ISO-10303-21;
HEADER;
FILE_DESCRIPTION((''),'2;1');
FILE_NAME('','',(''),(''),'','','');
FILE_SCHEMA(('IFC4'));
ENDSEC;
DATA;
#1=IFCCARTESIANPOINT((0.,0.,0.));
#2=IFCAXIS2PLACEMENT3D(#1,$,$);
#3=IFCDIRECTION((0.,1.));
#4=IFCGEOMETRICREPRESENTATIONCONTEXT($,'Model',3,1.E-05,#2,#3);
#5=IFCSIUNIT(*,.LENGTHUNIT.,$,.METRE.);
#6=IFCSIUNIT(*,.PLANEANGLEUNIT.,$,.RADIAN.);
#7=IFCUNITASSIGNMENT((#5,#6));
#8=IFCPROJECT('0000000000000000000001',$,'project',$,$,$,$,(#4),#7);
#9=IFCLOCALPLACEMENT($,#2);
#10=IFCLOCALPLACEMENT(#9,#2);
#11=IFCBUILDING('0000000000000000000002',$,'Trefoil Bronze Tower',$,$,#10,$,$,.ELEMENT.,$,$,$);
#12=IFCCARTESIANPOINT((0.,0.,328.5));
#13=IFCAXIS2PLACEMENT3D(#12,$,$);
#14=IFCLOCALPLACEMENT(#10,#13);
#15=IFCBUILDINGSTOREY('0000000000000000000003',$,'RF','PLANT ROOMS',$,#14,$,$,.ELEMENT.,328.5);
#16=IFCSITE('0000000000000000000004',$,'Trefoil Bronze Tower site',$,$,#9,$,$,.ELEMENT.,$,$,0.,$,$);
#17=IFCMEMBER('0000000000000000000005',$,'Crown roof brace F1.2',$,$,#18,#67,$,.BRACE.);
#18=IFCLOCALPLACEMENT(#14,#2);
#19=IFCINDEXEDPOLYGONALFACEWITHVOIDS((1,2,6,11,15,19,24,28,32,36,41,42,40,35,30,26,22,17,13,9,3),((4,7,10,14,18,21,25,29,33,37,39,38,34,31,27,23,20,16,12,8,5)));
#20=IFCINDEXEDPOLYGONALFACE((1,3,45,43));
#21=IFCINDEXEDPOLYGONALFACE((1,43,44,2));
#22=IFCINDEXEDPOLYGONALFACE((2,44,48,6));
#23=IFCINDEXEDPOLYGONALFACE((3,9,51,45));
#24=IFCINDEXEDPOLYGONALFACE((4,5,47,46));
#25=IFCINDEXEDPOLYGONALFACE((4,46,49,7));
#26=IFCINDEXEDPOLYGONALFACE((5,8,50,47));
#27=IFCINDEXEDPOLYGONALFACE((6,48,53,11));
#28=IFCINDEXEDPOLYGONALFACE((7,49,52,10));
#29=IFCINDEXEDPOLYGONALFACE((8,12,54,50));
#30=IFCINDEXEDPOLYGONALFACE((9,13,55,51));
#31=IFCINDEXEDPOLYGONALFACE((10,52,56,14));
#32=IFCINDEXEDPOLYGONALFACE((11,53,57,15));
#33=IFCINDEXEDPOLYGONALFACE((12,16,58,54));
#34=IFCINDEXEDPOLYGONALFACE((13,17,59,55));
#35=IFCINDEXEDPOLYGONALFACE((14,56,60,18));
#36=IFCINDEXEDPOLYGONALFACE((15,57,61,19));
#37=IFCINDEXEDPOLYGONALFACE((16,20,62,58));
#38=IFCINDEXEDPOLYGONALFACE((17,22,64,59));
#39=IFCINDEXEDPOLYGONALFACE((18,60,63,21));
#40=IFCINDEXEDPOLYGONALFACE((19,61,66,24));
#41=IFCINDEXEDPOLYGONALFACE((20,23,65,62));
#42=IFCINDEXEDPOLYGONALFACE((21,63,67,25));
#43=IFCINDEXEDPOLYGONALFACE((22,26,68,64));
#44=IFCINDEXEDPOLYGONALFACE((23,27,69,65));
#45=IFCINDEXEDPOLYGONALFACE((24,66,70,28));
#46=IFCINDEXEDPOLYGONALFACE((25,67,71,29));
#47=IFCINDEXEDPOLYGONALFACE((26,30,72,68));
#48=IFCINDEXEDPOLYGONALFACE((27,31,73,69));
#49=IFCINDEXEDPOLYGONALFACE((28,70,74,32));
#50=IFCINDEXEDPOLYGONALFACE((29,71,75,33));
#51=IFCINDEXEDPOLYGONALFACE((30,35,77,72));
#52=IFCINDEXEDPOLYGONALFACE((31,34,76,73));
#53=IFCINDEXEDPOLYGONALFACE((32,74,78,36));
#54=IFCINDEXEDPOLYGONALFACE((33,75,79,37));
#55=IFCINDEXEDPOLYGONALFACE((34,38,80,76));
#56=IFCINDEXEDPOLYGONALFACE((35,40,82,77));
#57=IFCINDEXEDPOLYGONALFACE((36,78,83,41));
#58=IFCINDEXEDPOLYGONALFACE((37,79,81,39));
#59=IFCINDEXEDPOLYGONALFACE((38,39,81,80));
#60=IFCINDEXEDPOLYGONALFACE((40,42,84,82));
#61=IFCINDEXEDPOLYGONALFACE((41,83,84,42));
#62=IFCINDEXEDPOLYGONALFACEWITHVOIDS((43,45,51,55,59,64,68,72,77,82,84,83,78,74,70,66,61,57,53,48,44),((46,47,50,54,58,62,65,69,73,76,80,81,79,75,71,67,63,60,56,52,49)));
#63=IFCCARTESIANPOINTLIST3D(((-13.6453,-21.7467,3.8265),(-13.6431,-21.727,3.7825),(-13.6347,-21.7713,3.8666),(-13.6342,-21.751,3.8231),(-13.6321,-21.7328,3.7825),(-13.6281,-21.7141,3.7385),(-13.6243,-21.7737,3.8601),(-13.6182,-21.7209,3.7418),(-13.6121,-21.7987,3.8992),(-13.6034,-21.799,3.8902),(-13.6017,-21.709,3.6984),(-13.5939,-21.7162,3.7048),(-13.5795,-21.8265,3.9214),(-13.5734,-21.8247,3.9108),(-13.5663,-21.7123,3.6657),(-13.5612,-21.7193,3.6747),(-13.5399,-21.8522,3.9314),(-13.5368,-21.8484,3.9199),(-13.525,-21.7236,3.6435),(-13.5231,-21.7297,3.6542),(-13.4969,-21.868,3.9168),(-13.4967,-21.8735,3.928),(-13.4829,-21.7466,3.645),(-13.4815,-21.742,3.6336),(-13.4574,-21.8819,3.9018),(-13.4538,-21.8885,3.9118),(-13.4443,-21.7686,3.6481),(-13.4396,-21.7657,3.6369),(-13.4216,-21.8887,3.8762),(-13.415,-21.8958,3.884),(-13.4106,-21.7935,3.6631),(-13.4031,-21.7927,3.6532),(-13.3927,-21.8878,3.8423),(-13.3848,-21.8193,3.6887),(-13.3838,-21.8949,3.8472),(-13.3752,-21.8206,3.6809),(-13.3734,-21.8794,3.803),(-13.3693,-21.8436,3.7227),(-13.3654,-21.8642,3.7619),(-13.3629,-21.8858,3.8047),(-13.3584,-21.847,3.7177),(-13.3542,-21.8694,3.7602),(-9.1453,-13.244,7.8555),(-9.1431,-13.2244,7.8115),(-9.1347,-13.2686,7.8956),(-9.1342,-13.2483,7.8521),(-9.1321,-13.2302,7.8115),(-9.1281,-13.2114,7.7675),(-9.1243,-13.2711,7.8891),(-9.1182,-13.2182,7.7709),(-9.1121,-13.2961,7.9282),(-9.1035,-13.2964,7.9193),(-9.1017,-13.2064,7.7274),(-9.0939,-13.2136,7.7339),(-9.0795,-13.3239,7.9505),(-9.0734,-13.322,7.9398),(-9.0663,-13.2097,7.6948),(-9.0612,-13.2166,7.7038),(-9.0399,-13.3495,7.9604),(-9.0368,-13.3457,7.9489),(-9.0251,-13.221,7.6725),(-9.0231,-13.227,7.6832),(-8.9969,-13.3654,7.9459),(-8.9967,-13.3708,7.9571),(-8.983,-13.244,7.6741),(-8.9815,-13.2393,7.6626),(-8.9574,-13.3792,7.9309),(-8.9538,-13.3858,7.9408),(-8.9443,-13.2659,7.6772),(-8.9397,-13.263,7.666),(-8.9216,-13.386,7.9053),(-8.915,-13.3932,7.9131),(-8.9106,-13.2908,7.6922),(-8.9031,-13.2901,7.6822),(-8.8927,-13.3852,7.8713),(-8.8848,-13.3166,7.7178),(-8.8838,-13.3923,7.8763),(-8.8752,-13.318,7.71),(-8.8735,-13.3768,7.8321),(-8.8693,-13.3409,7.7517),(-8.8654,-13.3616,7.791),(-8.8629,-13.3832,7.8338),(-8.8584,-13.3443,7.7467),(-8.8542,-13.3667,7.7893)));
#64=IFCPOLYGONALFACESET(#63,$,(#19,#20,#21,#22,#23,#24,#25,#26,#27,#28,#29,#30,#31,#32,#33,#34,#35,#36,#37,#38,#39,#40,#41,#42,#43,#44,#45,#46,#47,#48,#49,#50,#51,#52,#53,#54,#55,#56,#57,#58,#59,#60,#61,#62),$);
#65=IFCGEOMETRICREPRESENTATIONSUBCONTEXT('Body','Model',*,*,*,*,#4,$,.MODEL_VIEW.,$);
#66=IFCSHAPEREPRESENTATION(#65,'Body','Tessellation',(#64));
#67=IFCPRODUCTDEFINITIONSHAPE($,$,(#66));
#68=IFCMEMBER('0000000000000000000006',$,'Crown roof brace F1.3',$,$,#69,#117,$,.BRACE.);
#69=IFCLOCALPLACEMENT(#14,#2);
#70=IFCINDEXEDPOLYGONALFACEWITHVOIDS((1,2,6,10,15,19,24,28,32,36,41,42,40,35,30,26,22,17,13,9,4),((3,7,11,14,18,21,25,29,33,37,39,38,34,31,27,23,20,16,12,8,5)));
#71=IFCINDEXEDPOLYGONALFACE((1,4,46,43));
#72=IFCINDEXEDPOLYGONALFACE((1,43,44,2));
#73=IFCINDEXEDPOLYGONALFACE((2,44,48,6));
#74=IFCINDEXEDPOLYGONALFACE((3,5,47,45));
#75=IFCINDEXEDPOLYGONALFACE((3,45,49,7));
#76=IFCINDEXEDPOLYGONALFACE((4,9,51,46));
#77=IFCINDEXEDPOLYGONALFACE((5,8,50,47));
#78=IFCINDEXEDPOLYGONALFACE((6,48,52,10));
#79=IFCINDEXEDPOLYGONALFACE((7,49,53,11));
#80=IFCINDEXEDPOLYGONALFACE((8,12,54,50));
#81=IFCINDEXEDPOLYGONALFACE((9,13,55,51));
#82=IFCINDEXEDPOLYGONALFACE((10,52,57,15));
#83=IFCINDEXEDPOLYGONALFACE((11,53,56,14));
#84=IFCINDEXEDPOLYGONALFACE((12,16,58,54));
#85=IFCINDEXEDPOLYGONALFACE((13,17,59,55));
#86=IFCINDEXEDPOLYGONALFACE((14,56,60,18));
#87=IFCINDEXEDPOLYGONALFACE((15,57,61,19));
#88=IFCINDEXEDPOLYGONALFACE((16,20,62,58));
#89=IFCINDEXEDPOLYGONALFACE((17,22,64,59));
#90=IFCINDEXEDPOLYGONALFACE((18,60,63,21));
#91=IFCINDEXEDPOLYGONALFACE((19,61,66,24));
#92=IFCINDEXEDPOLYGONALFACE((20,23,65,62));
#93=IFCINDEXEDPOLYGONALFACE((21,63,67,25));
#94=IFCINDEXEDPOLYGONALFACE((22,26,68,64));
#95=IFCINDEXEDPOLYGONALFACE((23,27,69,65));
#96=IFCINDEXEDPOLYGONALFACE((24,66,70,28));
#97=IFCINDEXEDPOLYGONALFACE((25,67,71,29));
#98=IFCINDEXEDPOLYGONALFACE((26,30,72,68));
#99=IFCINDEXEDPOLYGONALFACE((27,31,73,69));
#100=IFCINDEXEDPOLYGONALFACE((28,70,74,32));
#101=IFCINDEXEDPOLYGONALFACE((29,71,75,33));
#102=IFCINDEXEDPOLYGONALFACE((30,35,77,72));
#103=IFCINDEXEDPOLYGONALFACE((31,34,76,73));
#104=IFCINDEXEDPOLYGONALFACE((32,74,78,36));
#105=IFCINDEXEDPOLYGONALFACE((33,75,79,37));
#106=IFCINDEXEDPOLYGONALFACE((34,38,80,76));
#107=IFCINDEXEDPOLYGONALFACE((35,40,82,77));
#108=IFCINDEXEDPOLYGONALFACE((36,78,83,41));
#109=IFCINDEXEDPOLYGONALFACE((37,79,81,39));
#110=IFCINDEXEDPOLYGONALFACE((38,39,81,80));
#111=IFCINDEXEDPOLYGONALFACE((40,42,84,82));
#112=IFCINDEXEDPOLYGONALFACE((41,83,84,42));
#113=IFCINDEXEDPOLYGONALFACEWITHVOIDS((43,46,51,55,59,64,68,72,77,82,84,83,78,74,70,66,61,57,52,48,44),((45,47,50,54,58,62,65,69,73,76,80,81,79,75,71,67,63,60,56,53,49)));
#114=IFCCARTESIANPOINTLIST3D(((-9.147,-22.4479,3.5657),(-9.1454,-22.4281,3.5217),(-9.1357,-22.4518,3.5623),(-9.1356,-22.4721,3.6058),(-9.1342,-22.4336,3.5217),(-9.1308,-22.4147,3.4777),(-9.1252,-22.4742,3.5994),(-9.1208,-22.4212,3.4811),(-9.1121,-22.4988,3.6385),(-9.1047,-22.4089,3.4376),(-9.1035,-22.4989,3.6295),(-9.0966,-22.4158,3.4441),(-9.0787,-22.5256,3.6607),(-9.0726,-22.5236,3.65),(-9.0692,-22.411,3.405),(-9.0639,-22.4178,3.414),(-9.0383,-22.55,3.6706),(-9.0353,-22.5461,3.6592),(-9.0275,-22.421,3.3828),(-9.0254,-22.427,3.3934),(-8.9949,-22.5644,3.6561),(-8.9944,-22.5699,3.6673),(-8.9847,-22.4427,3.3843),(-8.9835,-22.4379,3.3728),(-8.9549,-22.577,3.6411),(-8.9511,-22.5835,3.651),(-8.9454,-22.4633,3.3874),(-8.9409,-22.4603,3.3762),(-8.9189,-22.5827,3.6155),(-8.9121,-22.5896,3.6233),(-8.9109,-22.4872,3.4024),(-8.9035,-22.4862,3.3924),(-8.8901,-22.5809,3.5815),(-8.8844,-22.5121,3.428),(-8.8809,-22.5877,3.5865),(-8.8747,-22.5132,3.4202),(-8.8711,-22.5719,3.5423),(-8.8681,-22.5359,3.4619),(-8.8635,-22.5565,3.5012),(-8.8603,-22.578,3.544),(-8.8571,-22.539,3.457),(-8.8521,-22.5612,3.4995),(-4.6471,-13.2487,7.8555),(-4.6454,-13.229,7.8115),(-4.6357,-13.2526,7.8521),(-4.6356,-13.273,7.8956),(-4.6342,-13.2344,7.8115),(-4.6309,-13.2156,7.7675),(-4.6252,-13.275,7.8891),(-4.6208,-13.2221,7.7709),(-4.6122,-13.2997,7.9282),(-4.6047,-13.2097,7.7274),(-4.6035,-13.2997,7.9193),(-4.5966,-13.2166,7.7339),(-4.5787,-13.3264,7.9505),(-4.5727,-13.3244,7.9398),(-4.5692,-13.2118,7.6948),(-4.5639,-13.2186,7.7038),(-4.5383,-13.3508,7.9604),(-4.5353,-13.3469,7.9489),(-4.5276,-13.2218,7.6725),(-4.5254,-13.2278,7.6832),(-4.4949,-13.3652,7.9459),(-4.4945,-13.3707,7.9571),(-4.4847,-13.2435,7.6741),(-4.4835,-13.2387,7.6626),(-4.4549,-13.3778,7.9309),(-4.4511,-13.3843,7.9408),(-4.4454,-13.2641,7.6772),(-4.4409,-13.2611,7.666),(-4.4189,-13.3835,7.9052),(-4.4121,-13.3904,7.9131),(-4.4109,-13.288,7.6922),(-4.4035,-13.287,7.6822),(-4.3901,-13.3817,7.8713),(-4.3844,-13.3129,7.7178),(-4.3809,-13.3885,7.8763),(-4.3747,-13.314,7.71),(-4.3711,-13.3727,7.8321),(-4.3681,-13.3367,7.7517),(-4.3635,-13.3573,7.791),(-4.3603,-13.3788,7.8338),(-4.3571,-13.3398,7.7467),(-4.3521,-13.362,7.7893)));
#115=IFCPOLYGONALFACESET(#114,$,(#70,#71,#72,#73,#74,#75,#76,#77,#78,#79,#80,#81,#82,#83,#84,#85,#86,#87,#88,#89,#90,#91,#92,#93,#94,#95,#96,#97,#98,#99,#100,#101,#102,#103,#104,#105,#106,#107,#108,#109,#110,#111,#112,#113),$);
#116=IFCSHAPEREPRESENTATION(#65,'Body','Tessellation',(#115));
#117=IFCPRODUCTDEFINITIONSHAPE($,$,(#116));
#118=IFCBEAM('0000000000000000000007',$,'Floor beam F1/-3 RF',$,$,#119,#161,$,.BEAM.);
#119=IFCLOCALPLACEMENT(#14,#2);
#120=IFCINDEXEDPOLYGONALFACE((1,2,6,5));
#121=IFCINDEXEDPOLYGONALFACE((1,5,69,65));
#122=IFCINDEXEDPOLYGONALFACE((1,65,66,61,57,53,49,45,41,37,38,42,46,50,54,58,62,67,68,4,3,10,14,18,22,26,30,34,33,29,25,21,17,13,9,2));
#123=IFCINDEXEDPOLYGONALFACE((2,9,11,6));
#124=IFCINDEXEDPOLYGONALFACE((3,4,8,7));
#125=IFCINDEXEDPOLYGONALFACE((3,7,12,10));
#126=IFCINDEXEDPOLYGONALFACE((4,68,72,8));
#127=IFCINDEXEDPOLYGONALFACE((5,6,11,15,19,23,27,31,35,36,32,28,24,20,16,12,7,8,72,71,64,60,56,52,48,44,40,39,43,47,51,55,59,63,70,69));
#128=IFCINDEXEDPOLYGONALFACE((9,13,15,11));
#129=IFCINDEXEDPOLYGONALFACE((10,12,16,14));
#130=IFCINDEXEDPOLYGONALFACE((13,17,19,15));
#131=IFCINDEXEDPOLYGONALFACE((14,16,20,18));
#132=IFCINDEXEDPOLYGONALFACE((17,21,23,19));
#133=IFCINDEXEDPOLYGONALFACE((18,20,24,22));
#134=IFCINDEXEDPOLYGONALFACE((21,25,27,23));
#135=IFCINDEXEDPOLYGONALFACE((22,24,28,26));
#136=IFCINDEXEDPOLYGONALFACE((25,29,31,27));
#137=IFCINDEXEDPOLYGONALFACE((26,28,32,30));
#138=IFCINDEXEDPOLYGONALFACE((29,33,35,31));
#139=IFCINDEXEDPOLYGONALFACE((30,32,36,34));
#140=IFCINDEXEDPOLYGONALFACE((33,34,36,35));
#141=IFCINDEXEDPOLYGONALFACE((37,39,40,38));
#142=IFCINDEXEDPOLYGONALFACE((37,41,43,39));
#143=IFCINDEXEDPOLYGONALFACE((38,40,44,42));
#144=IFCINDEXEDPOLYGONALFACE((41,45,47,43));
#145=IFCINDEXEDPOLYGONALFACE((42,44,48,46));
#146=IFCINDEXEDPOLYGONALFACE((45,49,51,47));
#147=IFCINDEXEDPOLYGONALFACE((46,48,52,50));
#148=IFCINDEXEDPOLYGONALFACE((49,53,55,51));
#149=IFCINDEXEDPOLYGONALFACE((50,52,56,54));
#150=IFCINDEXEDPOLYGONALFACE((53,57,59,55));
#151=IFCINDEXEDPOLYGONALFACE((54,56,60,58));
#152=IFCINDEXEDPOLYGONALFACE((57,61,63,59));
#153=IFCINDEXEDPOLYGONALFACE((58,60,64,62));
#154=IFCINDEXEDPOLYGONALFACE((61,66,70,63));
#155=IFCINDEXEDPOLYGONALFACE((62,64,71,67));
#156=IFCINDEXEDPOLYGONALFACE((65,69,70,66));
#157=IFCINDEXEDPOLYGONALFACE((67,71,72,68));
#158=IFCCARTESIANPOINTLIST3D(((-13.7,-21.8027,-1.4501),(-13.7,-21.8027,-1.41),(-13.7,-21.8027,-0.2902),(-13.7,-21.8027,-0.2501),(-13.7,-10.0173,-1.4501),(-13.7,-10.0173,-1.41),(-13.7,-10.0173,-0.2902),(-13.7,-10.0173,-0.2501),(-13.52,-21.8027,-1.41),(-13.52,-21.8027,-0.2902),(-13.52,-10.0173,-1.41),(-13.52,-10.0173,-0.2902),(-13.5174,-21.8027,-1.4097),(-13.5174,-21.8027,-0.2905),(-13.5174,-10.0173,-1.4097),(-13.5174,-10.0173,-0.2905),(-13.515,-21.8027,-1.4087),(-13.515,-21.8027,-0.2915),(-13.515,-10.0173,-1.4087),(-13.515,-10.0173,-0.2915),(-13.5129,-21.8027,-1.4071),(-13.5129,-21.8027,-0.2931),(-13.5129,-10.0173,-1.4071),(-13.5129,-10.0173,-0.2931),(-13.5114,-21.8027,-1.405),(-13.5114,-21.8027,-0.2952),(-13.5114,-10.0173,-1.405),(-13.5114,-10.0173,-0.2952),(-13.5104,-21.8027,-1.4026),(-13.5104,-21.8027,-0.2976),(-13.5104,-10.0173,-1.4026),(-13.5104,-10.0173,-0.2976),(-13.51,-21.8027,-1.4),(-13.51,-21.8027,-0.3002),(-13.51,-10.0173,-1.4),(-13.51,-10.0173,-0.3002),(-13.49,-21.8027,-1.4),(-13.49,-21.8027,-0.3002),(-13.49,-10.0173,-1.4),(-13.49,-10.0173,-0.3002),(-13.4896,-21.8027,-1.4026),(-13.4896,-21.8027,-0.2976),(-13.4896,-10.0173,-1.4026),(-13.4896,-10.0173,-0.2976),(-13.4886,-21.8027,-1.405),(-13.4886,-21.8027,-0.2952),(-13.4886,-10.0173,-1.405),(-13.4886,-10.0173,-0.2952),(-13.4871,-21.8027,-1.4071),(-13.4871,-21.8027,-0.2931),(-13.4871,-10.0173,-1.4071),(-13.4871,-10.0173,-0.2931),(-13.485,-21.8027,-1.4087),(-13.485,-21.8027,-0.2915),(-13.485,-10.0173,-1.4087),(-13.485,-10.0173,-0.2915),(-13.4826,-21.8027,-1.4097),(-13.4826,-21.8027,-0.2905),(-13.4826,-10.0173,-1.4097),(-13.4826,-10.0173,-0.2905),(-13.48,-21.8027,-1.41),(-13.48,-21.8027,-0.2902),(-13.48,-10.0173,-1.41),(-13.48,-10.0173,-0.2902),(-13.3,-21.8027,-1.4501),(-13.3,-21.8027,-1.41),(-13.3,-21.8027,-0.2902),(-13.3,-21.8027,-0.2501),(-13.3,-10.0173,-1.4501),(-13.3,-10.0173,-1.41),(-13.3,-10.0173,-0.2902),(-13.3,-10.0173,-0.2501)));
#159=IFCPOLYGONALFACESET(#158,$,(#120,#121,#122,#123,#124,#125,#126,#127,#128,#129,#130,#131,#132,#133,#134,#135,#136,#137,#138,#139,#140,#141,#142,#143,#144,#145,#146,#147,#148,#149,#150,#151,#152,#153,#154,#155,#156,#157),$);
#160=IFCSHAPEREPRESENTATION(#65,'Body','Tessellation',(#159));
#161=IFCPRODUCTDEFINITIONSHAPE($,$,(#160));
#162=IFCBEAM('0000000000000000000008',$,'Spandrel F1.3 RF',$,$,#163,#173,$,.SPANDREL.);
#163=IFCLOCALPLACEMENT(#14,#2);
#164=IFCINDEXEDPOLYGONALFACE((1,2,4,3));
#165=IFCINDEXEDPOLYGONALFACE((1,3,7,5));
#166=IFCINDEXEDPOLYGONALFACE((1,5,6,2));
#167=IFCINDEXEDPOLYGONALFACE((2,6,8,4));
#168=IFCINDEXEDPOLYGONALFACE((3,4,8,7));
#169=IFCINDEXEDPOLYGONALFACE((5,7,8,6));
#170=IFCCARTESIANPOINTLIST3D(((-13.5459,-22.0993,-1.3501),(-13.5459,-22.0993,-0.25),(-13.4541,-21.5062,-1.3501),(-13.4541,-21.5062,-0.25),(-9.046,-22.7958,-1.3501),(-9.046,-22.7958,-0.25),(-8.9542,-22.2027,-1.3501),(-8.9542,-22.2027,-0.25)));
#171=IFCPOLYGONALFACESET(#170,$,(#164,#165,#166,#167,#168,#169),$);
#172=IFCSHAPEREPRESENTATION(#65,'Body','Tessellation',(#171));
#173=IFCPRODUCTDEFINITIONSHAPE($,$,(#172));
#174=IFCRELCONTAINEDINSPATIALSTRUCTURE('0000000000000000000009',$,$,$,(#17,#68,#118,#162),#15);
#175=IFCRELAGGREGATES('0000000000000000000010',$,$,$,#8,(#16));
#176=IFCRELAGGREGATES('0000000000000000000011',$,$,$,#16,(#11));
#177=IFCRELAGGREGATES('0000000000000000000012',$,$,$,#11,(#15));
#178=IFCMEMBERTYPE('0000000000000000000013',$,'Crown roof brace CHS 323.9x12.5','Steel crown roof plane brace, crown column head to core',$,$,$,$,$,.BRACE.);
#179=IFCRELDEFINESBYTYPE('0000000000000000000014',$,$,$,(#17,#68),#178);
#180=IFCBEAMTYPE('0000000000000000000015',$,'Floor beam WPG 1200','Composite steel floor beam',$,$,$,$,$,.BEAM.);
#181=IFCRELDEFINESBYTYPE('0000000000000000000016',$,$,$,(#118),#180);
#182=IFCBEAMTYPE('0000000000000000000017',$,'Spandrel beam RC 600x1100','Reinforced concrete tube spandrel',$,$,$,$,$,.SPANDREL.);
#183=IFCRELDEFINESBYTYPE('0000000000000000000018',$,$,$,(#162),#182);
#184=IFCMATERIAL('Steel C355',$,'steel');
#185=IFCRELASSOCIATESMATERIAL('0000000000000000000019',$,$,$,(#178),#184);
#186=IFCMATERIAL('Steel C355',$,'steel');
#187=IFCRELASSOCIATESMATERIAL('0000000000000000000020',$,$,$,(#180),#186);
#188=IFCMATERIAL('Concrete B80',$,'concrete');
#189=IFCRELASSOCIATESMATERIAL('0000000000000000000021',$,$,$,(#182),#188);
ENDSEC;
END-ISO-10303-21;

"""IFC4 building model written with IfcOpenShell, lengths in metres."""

from ifc_helpers import new_model, si_unit, direction, frame, origin, origin_2d, place, context, subcontext, project, spatial, rectangle, hollow_circle, i_section, extrude, material, material_profile, profile_set, type_object, element, save


model = new_model("IFC4")

# Units and contexts
model_context = context("Model", 3, precision=1e-05, world=origin(), true_north=direction((0.0, 1.0)))
body_context = subcontext(model_context, "Body", "Model", "MODEL_VIEW")
ifc_project = project(units=[si_unit("LENGTHUNIT", "METRE"), si_unit("PLANEANGLEUNIT", "RADIAN")], contexts=[model_context])

# Site, building, storey
site_placement = place(None, origin())
site = spatial("IfcSite", under=ifc_project, at=site_placement, Name="Trefoil Bronze Tower site", CompositionType="ELEMENT", RefElevation=0.0)
building_placement = place(site_placement, origin())
building = spatial("IfcBuilding", under=site, at=building_placement, Name="Trefoil Bronze Tower", CompositionType="ELEMENT")
storey_placement = place(building_placement, frame((0.0, 0.0, 328.5)))
storey = spatial("IfcBuildingStorey", under=building, at=storey_placement, Name="RF", Description="PLANT ROOMS", CompositionType="ELEMENT", Elevation=328.5)

# Members
ifc_material_1 = material(Name="Steel C355", Category="steel")
ifc_material_profile_1 = material_profile(ifc_material_1, hollow_circle(Radius=0.1619, WallThickness=0.0125, at=origin_2d()), Name="CHS 323.9x12.5")
ifc_profile_set_1 = profile_set([ifc_material_profile_1], Name="Steel C355")
member_type = type_object("IfcMemberType", Name="Crown roof brace CHS 323.9x12.5", Description="Steel crown roof plane brace, crown column head to core", PredefinedType="BRACE", material=ifc_profile_set_1)
member_1_placement = place(storey_placement, frame((-13.5, -21.8027, 3.7825), z_axis=(0.43146, 0.815237, 0.386305), x_axis=(-0.883849, 0.467772, 0.0)))
element("IfcMember", 1, at=member_1_placement, inside=storey, type_object=member_type, Name="Crown roof brace F1.2", PredefinedType="BRACE", context=body_context, shape_type="SweptSolid", body=[
    extrude(hollow_circle(Radius=0.1619, WallThickness=0.0125, at=origin_2d()), origin(), (0.0, 0.0, 1.0), 10.4297),
])
member_2_placement = place(storey_placement, frame((-9.0, -22.4993, 3.5217), z_axis=(0.405294, 0.82853, 0.386361), x_axis=(-0.898284, 0.439415, 0.0)))
element("IfcMember", 2, at=member_2_placement, inside=storey, type_object=member_type, Name="Crown roof brace F1.3", PredefinedType="BRACE", context=body_context, shape_type="SweptSolid", body=[
    extrude(hollow_circle(Radius=0.1619, WallThickness=0.0125, at=origin_2d()), origin(), (0.0, 0.0, 1.0), 11.103),
])

# Beams
ifc_material_2 = material(Name="Steel C355", Category="steel")
ifc_material_profile_2 = material_profile(ifc_material_2, i_section(OverallWidth=0.3999, OverallDepth=1.2, WebThickness=0.02, FlangeThickness=0.04, FilletRadius=0.01, at=origin_2d()), Name="WPG 1200")
ifc_profile_set_2 = profile_set([ifc_material_profile_2], Name="Steel C355")
beam_type_1 = type_object("IfcBeamType", Name="Floor beam WPG 1200", Description="Composite steel floor beam", PredefinedType="BEAM", material=ifc_profile_set_2)
beam_1_placement = place(storey_placement, frame((-13.5, -21.8027, -0.8501), z_axis=(0.0, 1.0, 0.0), x_axis=(-1.0, 0.0, 0.0)))
element("IfcBeam", 3, at=beam_1_placement, inside=storey, type_object=beam_type_1, Name="Floor beam F1/-3 RF", PredefinedType="BEAM", context=body_context, shape_type="SweptSolid", body=[
    extrude(i_section(OverallWidth=0.3999, OverallDepth=1.2, WebThickness=0.02, FlangeThickness=0.04, FilletRadius=0.01, at=origin_2d()), origin(), (0.0, 0.0, 1.0), 11.7854),
])
ifc_material_3 = material(Name="Concrete B80", Category="concrete")
ifc_material_profile_3 = material_profile(ifc_material_3, rectangle(XDim=0.6001, YDim=1.1001, at=origin_2d()), Name="RC 600x1100")
ifc_profile_set_3 = profile_set([ifc_material_profile_3], Name="Concrete B80")
beam_type_2 = type_object("IfcBeamType", Name="Spandrel beam RC 600x1100", Description="Reinforced concrete tube spandrel", PredefinedType="SPANDREL", material=ifc_profile_set_3)
beam_2_placement = place(storey_placement, frame((-13.5, -21.8027, -0.8), z_axis=(0.988232, -0.152964, 0.0), x_axis=(0.152964, 0.988232, 0.0)))
element("IfcBeam", 4, at=beam_2_placement, inside=storey, type_object=beam_type_2, Name="Spandrel F1.3 RF", PredefinedType="SPANDREL", context=body_context, shape_type="SweptSolid", body=[
    extrude(rectangle(XDim=0.6001, YDim=1.1001, at=origin_2d()), origin(), (0.0, 0.0, 1.0), 4.5535),
])

save(model, "model.ifc")
